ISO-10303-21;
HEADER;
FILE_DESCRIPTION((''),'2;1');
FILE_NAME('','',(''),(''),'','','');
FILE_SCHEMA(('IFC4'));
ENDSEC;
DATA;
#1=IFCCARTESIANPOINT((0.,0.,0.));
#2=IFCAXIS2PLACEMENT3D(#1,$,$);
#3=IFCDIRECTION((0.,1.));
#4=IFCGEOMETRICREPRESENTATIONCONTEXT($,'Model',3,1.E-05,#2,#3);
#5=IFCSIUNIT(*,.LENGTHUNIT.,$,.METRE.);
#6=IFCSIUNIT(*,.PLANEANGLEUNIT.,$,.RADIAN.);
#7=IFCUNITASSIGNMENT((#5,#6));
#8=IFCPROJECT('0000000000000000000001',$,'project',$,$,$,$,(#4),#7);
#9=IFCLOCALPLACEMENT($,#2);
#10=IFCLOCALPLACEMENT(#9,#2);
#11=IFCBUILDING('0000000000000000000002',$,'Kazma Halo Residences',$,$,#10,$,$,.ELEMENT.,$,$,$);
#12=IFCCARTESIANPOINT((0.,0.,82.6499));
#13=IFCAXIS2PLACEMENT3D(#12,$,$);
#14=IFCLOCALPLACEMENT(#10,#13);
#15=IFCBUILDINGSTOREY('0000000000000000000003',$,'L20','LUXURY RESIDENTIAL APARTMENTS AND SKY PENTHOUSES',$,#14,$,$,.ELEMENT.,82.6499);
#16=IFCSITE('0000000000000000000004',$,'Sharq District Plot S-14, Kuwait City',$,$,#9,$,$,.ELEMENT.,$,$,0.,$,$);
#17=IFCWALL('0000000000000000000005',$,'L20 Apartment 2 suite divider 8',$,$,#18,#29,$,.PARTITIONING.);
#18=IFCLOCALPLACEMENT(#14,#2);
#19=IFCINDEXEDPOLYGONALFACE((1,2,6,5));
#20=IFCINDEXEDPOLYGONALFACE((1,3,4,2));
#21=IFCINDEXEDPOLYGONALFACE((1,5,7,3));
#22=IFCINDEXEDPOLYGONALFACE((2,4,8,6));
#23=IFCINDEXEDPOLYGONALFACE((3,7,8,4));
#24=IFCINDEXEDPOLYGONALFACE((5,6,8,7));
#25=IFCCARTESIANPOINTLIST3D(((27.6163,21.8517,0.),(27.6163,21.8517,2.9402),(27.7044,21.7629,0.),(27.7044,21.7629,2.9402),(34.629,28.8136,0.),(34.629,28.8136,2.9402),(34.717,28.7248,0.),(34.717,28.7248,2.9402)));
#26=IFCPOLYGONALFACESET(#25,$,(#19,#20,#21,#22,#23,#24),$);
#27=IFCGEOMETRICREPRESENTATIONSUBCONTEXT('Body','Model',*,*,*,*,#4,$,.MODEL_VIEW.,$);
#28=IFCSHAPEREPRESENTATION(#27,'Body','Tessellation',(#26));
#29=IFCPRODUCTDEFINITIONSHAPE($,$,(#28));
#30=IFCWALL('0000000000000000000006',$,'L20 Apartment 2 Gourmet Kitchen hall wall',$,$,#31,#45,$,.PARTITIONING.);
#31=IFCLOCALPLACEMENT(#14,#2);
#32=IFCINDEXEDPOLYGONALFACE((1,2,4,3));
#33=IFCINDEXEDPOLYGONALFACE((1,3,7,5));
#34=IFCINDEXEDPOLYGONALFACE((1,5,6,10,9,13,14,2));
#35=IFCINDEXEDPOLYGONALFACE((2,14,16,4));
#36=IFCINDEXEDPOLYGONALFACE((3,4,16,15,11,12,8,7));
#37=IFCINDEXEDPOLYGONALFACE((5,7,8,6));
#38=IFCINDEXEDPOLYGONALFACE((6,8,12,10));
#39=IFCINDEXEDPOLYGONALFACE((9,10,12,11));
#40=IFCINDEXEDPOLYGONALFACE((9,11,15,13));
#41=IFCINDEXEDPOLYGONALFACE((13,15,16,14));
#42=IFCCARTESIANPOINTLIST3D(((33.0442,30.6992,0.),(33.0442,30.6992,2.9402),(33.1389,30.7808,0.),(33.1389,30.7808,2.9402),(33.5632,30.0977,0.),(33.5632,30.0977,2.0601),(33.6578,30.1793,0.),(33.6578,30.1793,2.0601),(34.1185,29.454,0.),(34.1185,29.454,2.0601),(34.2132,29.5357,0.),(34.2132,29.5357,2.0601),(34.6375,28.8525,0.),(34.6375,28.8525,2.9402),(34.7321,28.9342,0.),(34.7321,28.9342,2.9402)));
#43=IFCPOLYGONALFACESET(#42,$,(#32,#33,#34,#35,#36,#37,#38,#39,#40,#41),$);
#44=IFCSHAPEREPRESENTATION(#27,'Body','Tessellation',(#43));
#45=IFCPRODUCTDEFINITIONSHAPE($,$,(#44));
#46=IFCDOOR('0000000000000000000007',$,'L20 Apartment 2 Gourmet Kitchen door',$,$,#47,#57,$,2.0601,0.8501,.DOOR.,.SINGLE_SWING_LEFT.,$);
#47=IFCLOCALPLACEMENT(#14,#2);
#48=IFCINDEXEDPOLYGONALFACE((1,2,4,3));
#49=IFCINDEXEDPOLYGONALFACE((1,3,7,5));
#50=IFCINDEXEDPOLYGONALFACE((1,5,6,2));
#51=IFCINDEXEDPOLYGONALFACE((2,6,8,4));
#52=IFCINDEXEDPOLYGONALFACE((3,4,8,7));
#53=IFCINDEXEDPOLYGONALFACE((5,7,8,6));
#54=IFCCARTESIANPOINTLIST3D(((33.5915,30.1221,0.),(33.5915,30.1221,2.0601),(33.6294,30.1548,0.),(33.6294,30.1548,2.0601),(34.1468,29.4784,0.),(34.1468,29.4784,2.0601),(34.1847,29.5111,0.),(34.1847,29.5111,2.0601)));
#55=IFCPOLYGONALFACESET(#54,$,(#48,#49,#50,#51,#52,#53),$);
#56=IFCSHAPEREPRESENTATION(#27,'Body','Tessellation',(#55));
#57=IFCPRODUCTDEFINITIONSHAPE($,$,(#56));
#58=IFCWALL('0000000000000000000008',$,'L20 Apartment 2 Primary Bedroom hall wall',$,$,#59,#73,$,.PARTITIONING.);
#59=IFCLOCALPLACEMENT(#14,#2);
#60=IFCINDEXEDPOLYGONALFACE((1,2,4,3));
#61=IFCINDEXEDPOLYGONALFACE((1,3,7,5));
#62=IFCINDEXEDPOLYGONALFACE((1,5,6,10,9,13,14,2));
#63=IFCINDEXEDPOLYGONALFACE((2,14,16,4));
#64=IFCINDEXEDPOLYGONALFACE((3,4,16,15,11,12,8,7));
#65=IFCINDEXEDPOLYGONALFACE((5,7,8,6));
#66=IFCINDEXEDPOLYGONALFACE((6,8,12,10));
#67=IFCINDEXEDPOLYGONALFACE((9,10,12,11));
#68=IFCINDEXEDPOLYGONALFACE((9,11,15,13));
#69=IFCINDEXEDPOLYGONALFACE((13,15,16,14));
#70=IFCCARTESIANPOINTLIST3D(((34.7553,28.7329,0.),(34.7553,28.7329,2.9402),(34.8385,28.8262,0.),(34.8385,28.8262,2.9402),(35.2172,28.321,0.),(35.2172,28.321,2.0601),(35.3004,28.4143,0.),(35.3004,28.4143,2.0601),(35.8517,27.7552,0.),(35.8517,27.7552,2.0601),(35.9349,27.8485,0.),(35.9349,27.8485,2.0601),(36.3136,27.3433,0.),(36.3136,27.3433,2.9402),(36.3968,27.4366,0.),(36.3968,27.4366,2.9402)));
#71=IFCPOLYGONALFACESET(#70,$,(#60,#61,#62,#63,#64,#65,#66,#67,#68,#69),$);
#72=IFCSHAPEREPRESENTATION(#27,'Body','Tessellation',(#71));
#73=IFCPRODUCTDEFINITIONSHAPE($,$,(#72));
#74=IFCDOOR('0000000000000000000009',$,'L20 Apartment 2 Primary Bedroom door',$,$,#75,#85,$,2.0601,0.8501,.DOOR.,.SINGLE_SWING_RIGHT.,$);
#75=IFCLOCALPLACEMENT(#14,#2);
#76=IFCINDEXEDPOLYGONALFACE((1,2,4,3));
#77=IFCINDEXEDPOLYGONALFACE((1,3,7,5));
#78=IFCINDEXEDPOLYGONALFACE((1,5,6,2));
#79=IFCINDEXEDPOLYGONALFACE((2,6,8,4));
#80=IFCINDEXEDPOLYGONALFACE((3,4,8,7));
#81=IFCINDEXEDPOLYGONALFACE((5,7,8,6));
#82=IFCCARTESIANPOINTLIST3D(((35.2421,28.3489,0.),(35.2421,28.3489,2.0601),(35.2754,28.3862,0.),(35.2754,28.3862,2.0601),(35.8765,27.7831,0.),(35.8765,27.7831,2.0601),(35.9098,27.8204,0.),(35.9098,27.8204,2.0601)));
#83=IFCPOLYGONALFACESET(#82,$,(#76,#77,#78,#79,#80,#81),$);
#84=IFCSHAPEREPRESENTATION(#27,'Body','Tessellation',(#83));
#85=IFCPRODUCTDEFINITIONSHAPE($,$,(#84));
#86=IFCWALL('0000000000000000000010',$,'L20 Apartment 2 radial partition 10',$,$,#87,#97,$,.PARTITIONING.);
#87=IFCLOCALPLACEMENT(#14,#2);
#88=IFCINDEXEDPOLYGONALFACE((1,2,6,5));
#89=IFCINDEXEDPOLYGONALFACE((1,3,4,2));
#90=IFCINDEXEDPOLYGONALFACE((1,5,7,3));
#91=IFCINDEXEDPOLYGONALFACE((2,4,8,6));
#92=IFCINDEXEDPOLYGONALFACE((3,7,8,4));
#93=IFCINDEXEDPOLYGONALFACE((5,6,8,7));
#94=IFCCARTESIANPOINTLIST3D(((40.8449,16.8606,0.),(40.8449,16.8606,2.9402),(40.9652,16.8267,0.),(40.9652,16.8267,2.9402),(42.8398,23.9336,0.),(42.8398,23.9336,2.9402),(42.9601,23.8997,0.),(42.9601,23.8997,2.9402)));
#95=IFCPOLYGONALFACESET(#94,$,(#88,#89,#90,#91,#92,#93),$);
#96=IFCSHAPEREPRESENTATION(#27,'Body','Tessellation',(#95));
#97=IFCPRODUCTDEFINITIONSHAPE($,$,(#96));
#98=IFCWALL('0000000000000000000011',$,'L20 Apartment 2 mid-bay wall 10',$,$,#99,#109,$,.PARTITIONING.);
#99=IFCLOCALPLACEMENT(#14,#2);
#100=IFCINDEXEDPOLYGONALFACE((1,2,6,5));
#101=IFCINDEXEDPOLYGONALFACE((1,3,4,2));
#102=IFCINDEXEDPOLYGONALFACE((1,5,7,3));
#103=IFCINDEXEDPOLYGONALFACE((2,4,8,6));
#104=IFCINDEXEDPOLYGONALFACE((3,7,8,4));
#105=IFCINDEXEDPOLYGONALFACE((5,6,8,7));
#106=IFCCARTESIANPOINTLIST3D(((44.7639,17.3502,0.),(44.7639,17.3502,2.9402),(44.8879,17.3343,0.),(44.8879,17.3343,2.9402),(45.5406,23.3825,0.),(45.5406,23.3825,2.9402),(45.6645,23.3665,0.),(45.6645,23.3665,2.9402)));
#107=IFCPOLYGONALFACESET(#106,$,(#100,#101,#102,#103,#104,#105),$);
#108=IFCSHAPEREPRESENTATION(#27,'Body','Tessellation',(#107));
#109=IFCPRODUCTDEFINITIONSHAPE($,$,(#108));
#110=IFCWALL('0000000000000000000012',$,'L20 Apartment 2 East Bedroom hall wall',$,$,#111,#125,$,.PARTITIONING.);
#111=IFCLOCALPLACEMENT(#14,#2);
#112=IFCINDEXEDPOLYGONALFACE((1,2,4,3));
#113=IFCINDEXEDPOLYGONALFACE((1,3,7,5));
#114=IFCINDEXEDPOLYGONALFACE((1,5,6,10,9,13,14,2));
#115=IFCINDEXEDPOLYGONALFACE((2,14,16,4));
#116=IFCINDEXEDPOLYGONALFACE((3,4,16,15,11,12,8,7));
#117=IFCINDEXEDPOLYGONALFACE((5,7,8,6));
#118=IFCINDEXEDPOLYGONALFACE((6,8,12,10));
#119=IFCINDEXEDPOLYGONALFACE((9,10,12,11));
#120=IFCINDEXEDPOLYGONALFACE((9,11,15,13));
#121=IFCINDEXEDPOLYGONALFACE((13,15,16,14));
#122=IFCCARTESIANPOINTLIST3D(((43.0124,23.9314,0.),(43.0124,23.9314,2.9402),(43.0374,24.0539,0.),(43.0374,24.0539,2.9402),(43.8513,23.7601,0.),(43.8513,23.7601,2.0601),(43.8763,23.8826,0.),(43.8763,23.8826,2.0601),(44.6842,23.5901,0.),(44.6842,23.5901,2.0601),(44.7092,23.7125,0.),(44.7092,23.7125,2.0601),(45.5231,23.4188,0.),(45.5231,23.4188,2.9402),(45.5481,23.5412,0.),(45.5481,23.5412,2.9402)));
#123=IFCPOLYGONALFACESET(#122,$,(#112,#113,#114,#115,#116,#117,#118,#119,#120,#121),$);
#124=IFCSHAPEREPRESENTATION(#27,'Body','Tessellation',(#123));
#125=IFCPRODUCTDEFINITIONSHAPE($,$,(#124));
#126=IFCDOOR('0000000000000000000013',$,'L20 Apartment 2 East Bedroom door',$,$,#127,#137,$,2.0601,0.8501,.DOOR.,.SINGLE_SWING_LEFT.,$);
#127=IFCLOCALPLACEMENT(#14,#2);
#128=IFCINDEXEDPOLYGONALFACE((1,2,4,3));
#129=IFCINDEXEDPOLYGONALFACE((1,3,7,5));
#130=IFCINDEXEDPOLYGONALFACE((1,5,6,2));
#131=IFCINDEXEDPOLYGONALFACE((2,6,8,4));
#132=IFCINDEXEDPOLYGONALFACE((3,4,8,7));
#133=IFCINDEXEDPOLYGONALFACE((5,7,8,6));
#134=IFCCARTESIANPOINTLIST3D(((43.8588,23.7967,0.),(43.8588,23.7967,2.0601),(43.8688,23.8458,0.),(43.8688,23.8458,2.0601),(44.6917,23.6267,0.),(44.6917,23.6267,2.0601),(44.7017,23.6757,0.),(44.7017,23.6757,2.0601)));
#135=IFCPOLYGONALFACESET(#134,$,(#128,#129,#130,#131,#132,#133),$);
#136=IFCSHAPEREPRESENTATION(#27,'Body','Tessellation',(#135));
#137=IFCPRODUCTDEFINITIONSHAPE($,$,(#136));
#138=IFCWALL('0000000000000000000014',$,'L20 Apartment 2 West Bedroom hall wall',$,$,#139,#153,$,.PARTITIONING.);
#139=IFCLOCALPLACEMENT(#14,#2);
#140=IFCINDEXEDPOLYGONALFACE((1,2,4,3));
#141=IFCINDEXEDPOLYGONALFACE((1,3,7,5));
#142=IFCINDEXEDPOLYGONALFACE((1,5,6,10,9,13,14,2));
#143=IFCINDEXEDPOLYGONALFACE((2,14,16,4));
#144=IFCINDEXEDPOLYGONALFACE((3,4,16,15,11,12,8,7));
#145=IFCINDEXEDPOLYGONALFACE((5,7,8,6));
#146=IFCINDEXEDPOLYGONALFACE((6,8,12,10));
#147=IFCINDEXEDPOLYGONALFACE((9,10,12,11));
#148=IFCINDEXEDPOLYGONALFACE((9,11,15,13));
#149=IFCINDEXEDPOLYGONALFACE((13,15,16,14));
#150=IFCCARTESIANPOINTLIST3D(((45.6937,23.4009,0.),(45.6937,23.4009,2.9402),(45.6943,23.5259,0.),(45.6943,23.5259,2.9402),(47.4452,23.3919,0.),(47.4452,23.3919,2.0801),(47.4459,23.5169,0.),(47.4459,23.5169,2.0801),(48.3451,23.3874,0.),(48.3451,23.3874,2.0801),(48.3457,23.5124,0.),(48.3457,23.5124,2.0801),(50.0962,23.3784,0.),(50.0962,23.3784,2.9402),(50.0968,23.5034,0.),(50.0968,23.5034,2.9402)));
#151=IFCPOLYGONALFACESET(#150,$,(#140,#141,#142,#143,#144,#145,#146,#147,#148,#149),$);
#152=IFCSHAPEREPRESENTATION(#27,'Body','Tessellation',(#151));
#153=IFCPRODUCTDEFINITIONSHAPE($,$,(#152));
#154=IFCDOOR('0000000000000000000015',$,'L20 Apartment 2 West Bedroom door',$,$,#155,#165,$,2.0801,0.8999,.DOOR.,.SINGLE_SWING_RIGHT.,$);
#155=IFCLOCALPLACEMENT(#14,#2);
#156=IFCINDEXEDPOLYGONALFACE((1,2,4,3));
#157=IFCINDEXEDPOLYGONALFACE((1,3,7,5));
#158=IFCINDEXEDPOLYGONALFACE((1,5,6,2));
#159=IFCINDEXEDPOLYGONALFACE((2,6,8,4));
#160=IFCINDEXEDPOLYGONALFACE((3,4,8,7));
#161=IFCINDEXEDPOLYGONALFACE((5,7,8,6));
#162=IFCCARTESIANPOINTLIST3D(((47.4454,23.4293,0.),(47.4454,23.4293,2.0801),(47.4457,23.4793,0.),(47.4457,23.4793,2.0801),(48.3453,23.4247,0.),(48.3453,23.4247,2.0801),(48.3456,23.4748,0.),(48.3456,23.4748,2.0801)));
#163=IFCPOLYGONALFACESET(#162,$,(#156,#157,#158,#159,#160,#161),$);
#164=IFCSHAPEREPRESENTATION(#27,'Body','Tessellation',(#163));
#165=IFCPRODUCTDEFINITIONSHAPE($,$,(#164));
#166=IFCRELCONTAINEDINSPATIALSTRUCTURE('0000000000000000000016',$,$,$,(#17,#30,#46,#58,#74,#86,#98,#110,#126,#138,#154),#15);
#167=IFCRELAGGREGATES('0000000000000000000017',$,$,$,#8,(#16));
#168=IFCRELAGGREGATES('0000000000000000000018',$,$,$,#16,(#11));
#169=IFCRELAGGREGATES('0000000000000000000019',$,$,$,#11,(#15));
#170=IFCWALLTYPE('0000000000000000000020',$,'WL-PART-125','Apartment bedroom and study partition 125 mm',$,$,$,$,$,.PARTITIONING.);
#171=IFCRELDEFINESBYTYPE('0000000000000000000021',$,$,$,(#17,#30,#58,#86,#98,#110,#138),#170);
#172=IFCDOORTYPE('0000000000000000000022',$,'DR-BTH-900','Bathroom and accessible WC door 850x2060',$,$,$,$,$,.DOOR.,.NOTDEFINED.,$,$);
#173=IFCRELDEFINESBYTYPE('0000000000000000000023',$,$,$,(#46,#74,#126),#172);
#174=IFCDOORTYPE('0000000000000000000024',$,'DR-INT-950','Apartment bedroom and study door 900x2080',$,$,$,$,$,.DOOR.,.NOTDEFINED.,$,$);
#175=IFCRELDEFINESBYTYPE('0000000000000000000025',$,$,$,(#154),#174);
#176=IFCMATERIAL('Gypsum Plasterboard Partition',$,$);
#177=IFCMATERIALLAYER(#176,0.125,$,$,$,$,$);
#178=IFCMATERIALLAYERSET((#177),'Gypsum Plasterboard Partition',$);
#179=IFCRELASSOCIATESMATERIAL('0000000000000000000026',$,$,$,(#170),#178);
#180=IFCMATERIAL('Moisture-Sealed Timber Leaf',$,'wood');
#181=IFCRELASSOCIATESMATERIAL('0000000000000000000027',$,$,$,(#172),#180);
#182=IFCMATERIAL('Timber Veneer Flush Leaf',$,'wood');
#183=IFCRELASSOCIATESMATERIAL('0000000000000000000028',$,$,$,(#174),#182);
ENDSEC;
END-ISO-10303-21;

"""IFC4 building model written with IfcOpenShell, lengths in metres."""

from ifc_helpers import new_model, si_unit, direction, frame, frame_2d, origin, place, context, subcontext, project, spatial, rectangle, extrude, material, layer, layer_set, type_object, element, fill, save


model = new_model("IFC4")

# Units and contexts
model_context = context("Model", 3, precision=1e-05, world=origin(), true_north=direction((0.0, 1.0)))
body_context = subcontext(model_context, "Body", "Model", "MODEL_VIEW")
ifc_project = project(units=[si_unit("LENGTHUNIT", "METRE"), si_unit("PLANEANGLEUNIT", "RADIAN")], contexts=[model_context])

# Site, building, storey
site_placement = place(None, origin())
site = spatial("IfcSite", under=ifc_project, at=site_placement, Name="Sharq District Plot S-14, Kuwait City", CompositionType="ELEMENT", RefElevation=0.0)
building_placement = place(site_placement, origin())
building = spatial("IfcBuilding", under=site, at=building_placement, Name="Kazma Halo Residences", CompositionType="ELEMENT")
storey_placement = place(building_placement, frame((0.0, 0.0, 82.6499)))
storey = spatial("IfcBuildingStorey", under=building, at=storey_placement, Name="L20", Description="LUXURY RESIDENTIAL APARTMENTS AND SKY PENTHOUSES", CompositionType="ELEMENT", Elevation=82.6499)

# Wall
ifc_material_1 = material(Name="Gypsum Plasterboard Partition")
ifc_layer_1 = layer(ifc_material_1, 0.125)
ifc_layer_set_1 = layer_set([ifc_layer_1], Name="Gypsum Plasterboard Partition")
wall_type_1 = type_object("IfcWallType", Name="WL-PART-125", Description="Apartment bedroom and study partition 125 mm", PredefinedType="PARTITIONING", material=ifc_layer_set_1)
wall_1_placement = place(storey_placement, frame((34.6731, 28.7693, 0.0), z_axis=(0.0, 0.0, 1.0), x_axis=(-0.709672, -0.704533, 0.0)))
element("IfcWall", 1, at=wall_1_placement, inside=storey, type_object=wall_type_1, Name="L20 Apartment 2 suite divider 8", PredefinedType="PARTITIONING", context=body_context, shape_type="SweptSolid", body=[
    extrude(rectangle(XDim=9.8816, YDim=0.125, at=frame_2d((4.9409, 0.0))), origin(), (0.0, 0.0, 1.0), 2.9402),
])

# Walls, openings, doors
wall_2_placement = place(storey_placement, frame((33.0916, 30.74, 0.0), z_axis=(0.0, 0.0, 1.0), x_axis=(0.653245, -0.757147, 0.0)))
wall_2 = element("IfcWall", 2, at=wall_2_placement, inside=storey, type_object=wall_type_1, Name="L20 Apartment 2 Gourmet Kitchen hall wall", PredefinedType="PARTITIONING", context=body_context, shape_type="SweptSolid", body=[
    extrude(rectangle(XDim=2.439, YDim=0.125, at=frame_2d((1.2195, 0.0))), origin(), (0.0, 0.0, 1.0), 2.9402),
])
opening_1_placement = place(wall_2_placement, frame((0.7944, 0.0, 0.0)))
opening_1 = element("IfcOpeningElement", 3, at=opening_1_placement, cuts=wall_2, PredefinedType="OPENING", context=body_context, shape_type="SweptSolid", body=[
    extrude(rectangle(XDim=0.8501, YDim=2.0601, at=frame_2d((0.425, 1.03))), frame((0.0, 0.0725, 0.0), z_axis=(0.0, -1.0, 0.0), x_axis=(1.0, 0.0, 0.0)), (0.0, 0.0, 1.0), 0.145),
])
ifc_material_2 = material(Name="Moisture-Sealed Timber Leaf", Category="wood")
door_type_1 = type_object("IfcDoorType", Name="DR-BTH-900", Description="Bathroom and accessible WC door 850x2060", OperationType="NOTDEFINED", PredefinedType="DOOR", material=ifc_material_2)
door_1_placement = place(opening_1_placement, origin())
door_1 = element("IfcDoor", 4, at=door_1_placement, inside=storey, type_object=door_type_1, Name="L20 Apartment 2 Gourmet Kitchen door", OperationType="SINGLE_SWING_LEFT", OverallHeight=2.0601, OverallWidth=0.8501, PredefinedType="DOOR", context=body_context, shape_type="SweptSolid", body=[
    extrude(rectangle(XDim=0.8501, YDim=2.0601, at=frame_2d((0.425, 1.03))), frame((0.0, 0.0249, 0.0), z_axis=(0.0, -1.0, 0.0), x_axis=(1.0, 0.0, 0.0)), (0.0, 0.0, 1.0), 0.05),
])
fill(opening_1, door_1)
wall_3_placement = place(storey_placement, frame((34.7969, 28.7795, 0.0), z_axis=(0.0, 0.0, 1.0), x_axis=(0.74635, -0.665553, 0.0)))
wall_3 = element("IfcWall", 5, at=wall_3_placement, inside=storey, type_object=wall_type_1, Name="L20 Apartment 2 Primary Bedroom hall wall", PredefinedType="PARTITIONING", context=body_context, shape_type="SweptSolid", body=[
    extrude(rectangle(XDim=2.0879, YDim=0.125, at=frame_2d((1.0439, 0.0))), origin(), (0.0, 0.0, 1.0), 2.9402),
])
opening_2_placement = place(wall_3_placement, frame((0.6189, 0.0, 0.0)))
opening_2 = element("IfcOpeningElement", 6, at=opening_2_placement, cuts=wall_3, PredefinedType="OPENING", context=body_context, shape_type="SweptSolid", body=[
    extrude(rectangle(XDim=0.8501, YDim=2.0601, at=frame_2d((0.425, 1.03))), frame((0.0, 0.0725, 0.0), z_axis=(0.0, -1.0, 0.0), x_axis=(1.0, 0.0, 0.0)), (0.0, 0.0, 1.0), 0.145),
])
door_2_placement = place(opening_2_placement, origin())
door_2 = element("IfcDoor", 7, at=door_2_placement, inside=storey, type_object=door_type_1, Name="L20 Apartment 2 Primary Bedroom door", OperationType="SINGLE_SWING_RIGHT", OverallHeight=2.0601, OverallWidth=0.8501, PredefinedType="DOOR", context=body_context, shape_type="SweptSolid", body=[
    extrude(rectangle(XDim=0.8501, YDim=2.0601, at=frame_2d((0.425, 1.03))), frame((0.0, 0.0249, 0.0), z_axis=(0.0, -1.0, 0.0), x_axis=(1.0, 0.0, 0.0)), (0.0, 0.0, 1.0), 0.05),
])
fill(opening_2, door_2)

# Walls
wall_4_placement = place(storey_placement, frame((42.8999, 23.9165, 0.0), z_axis=(0.0, 0.0, 1.0), x_axis=(-0.271451, -0.962452, 0.0)))
element("IfcWall", 8, at=wall_4_placement, inside=storey, type_object=wall_type_1, Name="L20 Apartment 2 radial partition 10", PredefinedType="PARTITIONING", context=body_context, shape_type="SweptSolid", body=[
    extrude(rectangle(XDim=7.3489, YDim=0.125, at=frame_2d((3.6743, 0.0))), origin(), (0.0, 0.0, 1.0), 2.9402),
])
wall_5_placement = place(storey_placement, frame((45.6025, 23.3745, 0.0), z_axis=(0.0, 0.0, 1.0), x_axis=(-0.12769, -0.991814, 0.0)))
element("IfcWall", 9, at=wall_5_placement, inside=storey, type_object=wall_type_1, Name="L20 Apartment 2 mid-bay wall 10", PredefinedType="PARTITIONING", context=body_context, shape_type="SweptSolid", body=[
    extrude(rectangle(XDim=6.082, YDim=0.125, at=frame_2d((3.041, 0.0))), origin(), (0.0, 0.0, 1.0), 2.9402),
])

# Walls, openings, doors
wall_6_placement = place(storey_placement, frame((43.0249, 23.9927, 0.0), z_axis=(0.0, 0.0, 1.0), x_axis=(0.979781, -0.200072, 0.0)))
wall_6 = element("IfcWall", 10, at=wall_6_placement, inside=storey, type_object=wall_type_1, Name="L20 Apartment 2 East Bedroom hall wall", PredefinedType="PARTITIONING", context=body_context, shape_type="SweptSolid", body=[
    extrude(rectangle(XDim=2.5625, YDim=0.125, at=frame_2d((1.2812, 0.0))), origin(), (0.0, 0.0, 1.0), 2.9402),
])
opening_3_placement = place(wall_6_placement, frame((0.8562, 0.0, 0.0)))
opening_3 = element("IfcOpeningElement", 11, at=opening_3_placement, cuts=wall_6, PredefinedType="OPENING", context=body_context, shape_type="SweptSolid", body=[
    extrude(rectangle(XDim=0.8501, YDim=2.0601, at=frame_2d((0.425, 1.03))), frame((0.0, 0.0725, 0.0), z_axis=(0.0, -1.0, 0.0), x_axis=(1.0, 0.0, 0.0)), (0.0, 0.0, 1.0), 0.145),
])
door_3_placement = place(opening_3_placement, origin())
door_3 = element("IfcDoor", 12, at=door_3_placement, inside=storey, type_object=door_type_1, Name="L20 Apartment 2 East Bedroom door", OperationType="SINGLE_SWING_LEFT", OverallHeight=2.0601, OverallWidth=0.8501, PredefinedType="DOOR", context=body_context, shape_type="SweptSolid", body=[
    extrude(rectangle(XDim=0.8501, YDim=2.0601, at=frame_2d((0.425, 1.03))), frame((0.0, 0.0249, 0.0), z_axis=(0.0, -1.0, 0.0), x_axis=(1.0, 0.0, 0.0)), (0.0, 0.0, 1.0), 0.05),
])
fill(opening_3, door_3)
wall_7_placement = place(storey_placement, frame((45.6941, 23.4634, 0.0), z_axis=(0.0, 0.0, 1.0), x_axis=(0.999987, -0.005102, 0.0)))
wall_7 = element("IfcWall", 13, at=wall_7_placement, inside=storey, type_object=wall_type_1, Name="L20 Apartment 2 West Bedroom hall wall", PredefinedType="PARTITIONING", context=body_context, shape_type="SweptSolid", body=[
    extrude(rectangle(XDim=4.4026, YDim=0.125, at=frame_2d((2.2012, 0.0))), origin(), (0.0, 0.0, 1.0), 2.9402),
])
opening_4_placement = place(wall_7_placement, frame((1.7515, 0.0, 0.0)))
opening_4 = element("IfcOpeningElement", 14, at=opening_4_placement, cuts=wall_7, PredefinedType="OPENING", context=body_context, shape_type="SweptSolid", body=[
    extrude(rectangle(XDim=0.8999, YDim=2.0801, at=frame_2d((0.45, 1.04))), frame((0.0, 0.0725, 0.0), z_axis=(0.0, -1.0, 0.0), x_axis=(1.0, 0.0, 0.0)), (0.0, 0.0, 1.0), 0.145),
])
ifc_material_3 = material(Name="Timber Veneer Flush Leaf", Category="wood")
door_type_2 = type_object("IfcDoorType", Name="DR-INT-950", Description="Apartment bedroom and study door 900x2080", OperationType="NOTDEFINED", PredefinedType="DOOR", material=ifc_material_3)
door_4_placement = place(opening_4_placement, origin())
door_4 = element("IfcDoor", 15, at=door_4_placement, inside=storey, type_object=door_type_2, Name="L20 Apartment 2 West Bedroom door", OperationType="SINGLE_SWING_RIGHT", OverallHeight=2.0801, OverallWidth=0.8999, PredefinedType="DOOR", context=body_context, shape_type="SweptSolid", body=[
    extrude(rectangle(XDim=0.8999, YDim=2.0801, at=frame_2d((0.45, 1.04))), frame((0.0, 0.0249, 0.0), z_axis=(0.0, -1.0, 0.0), x_axis=(1.0, 0.0, 0.0)), (0.0, 0.0, 1.0), 0.05),
])
fill(opening_4, door_4)

save(model, "model.ifc")
